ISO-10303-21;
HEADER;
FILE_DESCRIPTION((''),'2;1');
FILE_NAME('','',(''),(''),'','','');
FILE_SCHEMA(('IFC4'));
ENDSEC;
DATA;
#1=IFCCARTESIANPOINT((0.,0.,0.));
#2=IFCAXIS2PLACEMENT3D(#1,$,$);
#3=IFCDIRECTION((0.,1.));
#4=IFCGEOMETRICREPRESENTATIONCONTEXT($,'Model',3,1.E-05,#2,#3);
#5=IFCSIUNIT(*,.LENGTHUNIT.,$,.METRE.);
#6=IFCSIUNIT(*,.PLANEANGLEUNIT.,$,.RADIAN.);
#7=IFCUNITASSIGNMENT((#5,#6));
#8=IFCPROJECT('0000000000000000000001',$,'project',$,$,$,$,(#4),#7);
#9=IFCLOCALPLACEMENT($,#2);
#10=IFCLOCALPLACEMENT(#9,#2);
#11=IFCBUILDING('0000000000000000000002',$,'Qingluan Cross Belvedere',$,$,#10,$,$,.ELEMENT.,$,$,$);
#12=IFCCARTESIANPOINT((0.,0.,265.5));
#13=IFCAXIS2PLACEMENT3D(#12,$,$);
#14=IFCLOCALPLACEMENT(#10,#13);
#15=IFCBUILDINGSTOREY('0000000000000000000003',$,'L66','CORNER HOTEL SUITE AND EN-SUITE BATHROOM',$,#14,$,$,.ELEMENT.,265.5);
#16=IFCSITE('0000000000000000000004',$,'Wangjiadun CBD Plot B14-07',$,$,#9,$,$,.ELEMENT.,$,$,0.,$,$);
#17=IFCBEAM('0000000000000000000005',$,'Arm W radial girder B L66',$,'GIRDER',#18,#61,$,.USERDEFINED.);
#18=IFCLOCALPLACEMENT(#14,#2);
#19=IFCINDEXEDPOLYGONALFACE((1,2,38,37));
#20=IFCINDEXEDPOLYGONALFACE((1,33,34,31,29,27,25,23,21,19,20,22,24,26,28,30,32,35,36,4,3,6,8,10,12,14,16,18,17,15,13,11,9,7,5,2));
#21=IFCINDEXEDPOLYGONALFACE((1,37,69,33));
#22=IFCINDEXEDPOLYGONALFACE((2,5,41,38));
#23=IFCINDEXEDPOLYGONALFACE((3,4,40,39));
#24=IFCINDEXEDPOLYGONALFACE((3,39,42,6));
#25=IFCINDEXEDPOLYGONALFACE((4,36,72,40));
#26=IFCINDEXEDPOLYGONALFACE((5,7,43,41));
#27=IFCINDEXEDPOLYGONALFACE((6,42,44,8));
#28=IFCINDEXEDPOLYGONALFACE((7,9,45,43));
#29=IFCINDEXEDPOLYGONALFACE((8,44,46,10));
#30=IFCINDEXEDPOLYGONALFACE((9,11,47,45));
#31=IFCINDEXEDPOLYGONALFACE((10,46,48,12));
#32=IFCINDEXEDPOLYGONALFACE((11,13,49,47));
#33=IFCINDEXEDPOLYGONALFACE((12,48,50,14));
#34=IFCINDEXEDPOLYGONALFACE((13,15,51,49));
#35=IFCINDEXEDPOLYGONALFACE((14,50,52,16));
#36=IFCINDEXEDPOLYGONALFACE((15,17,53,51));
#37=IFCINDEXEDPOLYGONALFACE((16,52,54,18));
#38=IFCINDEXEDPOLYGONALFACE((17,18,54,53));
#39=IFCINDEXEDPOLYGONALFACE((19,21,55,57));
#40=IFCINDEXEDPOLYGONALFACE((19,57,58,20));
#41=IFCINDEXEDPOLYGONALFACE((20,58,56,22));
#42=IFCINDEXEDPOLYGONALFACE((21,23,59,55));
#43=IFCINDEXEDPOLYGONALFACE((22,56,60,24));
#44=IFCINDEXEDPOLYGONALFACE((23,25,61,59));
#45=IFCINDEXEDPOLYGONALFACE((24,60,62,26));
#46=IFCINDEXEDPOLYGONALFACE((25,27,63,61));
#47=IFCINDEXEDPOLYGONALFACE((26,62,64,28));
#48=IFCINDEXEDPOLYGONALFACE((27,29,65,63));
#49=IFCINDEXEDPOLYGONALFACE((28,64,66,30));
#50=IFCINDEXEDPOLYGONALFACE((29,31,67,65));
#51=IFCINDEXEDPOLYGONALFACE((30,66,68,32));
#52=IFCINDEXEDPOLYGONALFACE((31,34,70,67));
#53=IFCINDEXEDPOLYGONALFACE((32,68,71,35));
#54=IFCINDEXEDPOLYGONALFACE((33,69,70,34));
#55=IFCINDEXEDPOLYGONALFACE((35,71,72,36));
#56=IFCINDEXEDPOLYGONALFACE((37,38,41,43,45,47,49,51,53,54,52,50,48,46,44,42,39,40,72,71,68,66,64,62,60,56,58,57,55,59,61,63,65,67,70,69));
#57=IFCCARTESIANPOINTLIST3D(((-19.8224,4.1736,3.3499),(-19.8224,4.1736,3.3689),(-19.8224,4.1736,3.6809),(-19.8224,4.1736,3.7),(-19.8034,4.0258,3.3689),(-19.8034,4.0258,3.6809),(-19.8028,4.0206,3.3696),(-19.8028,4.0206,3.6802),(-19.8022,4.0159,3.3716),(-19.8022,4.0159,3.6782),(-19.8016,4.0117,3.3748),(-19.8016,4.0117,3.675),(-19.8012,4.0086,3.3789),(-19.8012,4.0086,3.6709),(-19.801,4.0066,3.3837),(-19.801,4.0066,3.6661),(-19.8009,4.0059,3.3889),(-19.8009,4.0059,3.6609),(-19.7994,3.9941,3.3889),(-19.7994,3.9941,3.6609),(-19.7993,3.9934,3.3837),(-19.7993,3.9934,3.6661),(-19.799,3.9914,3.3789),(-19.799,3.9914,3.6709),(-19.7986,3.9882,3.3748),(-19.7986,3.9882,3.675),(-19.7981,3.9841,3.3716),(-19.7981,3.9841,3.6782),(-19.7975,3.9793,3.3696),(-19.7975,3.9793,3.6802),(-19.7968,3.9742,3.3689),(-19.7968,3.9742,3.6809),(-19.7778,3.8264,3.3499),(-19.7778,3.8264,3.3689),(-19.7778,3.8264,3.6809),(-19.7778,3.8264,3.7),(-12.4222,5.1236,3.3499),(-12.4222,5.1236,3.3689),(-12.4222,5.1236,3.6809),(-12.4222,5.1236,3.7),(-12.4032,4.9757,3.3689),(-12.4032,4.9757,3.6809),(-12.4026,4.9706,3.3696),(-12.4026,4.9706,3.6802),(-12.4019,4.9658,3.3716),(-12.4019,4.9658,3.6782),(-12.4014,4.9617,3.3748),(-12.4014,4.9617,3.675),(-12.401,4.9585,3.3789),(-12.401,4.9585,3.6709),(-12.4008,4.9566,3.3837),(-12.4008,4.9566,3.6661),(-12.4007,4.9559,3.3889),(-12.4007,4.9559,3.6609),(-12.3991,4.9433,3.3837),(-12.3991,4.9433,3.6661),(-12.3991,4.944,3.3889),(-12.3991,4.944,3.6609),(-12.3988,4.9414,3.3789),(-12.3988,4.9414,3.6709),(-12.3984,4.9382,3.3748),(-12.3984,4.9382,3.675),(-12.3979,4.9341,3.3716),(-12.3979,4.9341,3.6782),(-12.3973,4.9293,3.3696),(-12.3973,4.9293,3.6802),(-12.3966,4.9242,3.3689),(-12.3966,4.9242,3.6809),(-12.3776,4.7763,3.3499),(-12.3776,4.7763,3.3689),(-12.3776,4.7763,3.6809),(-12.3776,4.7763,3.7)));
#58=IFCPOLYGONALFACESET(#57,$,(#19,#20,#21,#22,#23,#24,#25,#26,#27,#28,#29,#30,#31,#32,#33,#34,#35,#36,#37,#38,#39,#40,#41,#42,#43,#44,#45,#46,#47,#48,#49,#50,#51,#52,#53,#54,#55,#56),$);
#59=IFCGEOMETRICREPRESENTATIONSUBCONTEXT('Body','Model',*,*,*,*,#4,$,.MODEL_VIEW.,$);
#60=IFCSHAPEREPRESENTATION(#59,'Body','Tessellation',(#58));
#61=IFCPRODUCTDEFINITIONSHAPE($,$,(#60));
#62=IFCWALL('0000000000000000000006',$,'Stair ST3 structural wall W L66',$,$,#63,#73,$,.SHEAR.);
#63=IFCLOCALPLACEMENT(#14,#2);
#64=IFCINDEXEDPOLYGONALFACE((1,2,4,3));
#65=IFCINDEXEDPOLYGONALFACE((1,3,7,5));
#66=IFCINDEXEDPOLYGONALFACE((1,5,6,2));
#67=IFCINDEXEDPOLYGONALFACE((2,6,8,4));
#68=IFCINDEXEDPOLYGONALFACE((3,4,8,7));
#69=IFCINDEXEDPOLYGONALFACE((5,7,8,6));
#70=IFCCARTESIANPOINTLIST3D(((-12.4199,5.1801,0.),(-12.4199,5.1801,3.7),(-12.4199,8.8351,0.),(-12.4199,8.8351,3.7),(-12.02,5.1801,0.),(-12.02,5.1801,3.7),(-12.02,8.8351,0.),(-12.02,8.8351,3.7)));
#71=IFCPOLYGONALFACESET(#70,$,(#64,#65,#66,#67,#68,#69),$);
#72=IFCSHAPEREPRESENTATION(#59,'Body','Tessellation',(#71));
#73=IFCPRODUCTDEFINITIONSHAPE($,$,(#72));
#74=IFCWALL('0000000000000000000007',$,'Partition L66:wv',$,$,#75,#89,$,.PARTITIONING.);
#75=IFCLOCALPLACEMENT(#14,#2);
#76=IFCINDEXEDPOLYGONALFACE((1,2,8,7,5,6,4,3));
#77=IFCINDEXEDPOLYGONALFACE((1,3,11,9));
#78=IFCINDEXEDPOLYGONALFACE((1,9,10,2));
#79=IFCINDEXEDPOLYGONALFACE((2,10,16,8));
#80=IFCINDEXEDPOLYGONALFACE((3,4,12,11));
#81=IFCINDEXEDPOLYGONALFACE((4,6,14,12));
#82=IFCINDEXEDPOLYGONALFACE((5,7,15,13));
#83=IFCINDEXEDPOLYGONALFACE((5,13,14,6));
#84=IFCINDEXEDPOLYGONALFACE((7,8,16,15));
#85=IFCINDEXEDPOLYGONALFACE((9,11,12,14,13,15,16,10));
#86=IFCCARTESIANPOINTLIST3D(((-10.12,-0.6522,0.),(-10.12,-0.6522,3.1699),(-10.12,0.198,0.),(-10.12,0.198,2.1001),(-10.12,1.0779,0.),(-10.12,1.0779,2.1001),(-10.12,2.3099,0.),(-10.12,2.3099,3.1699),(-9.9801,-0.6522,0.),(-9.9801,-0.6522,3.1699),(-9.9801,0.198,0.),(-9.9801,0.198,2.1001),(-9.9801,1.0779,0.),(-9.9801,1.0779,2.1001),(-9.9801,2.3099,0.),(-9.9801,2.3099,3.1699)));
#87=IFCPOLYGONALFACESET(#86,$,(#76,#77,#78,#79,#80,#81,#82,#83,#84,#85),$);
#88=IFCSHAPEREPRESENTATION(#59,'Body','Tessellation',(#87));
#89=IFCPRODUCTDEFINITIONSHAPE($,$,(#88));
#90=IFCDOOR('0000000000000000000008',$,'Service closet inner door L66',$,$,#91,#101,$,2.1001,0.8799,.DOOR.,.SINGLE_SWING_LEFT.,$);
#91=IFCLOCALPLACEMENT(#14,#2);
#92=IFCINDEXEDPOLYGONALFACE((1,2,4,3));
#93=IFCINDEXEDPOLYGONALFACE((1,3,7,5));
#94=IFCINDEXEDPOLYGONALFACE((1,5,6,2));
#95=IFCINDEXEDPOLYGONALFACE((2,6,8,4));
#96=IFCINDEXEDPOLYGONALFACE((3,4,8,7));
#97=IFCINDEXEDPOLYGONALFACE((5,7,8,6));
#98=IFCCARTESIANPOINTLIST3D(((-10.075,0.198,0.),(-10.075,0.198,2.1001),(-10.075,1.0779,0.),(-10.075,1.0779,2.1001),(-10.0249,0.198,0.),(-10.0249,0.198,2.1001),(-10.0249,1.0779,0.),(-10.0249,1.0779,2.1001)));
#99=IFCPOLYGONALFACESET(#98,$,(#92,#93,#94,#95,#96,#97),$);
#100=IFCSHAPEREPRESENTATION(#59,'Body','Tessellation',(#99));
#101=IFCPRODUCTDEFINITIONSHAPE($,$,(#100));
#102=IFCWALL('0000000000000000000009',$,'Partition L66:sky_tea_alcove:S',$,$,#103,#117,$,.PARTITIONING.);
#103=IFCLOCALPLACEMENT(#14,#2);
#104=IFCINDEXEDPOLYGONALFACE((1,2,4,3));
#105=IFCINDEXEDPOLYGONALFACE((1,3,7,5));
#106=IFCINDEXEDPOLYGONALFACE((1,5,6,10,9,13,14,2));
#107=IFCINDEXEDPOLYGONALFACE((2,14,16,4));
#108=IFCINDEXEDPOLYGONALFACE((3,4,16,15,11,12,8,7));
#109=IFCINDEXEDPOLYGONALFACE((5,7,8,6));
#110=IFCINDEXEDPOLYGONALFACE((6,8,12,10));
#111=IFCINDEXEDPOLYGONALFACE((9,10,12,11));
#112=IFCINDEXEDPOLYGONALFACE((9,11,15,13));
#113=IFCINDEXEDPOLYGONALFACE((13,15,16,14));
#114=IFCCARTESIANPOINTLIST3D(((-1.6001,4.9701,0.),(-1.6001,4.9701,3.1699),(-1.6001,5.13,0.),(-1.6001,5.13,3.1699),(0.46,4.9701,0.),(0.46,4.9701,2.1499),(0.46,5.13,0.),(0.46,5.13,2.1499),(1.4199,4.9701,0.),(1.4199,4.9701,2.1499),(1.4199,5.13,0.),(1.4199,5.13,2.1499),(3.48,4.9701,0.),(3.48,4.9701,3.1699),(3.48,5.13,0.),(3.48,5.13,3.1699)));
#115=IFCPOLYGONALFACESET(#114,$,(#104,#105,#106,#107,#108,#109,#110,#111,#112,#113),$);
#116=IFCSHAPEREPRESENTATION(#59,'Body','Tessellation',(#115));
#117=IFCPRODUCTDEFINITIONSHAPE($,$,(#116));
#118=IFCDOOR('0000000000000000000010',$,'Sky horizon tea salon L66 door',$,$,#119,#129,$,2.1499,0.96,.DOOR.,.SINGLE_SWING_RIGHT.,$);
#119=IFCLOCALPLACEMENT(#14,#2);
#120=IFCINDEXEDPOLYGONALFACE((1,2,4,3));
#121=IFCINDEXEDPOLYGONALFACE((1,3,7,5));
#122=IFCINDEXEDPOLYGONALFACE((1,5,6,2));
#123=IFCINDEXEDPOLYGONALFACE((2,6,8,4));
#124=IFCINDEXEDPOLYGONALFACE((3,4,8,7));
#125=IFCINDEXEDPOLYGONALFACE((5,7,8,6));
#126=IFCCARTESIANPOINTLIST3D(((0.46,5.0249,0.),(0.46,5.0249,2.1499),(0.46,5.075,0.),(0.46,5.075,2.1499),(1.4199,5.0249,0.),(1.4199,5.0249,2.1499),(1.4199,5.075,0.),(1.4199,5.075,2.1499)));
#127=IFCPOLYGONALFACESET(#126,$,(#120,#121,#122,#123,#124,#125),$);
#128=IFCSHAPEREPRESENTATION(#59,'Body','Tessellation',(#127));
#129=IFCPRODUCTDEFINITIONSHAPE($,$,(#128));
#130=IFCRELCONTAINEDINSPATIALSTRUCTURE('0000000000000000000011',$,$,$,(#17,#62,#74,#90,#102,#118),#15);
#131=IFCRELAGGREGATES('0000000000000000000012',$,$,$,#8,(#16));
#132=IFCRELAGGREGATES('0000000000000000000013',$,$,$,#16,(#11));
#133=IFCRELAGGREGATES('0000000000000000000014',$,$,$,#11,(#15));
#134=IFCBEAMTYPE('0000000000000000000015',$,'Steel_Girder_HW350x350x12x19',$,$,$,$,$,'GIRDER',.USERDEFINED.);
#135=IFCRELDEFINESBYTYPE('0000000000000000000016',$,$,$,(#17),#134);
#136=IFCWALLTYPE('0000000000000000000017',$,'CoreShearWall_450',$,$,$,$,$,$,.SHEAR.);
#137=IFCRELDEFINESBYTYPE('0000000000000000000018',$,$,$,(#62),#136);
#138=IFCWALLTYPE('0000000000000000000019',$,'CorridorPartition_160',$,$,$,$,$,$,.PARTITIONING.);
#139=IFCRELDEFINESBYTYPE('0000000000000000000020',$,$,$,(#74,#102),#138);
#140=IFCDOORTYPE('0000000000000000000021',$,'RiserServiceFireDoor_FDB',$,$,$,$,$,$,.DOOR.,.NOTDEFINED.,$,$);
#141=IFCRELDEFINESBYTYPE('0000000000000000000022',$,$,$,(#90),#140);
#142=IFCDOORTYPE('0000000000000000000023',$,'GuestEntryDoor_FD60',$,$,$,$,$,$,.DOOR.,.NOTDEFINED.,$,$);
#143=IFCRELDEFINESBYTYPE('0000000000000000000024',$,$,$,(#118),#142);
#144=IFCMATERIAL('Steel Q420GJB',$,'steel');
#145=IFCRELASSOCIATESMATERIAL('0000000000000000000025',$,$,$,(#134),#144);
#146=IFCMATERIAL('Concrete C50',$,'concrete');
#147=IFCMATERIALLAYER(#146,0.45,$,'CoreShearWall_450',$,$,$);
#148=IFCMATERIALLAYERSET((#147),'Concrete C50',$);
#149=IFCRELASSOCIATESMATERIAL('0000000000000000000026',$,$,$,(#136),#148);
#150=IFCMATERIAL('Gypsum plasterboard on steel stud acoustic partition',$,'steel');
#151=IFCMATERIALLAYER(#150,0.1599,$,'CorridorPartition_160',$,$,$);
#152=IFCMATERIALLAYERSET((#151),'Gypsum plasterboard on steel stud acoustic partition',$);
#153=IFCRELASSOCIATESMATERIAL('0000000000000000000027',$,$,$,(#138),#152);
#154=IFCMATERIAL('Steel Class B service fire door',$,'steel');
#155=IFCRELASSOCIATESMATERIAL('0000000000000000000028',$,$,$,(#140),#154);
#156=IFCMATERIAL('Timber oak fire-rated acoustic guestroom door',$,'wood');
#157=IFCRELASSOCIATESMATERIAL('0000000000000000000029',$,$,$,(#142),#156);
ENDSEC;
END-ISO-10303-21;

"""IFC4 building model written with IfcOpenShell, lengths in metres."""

from ifc_helpers import new_model, si_unit, direction, frame, frame_2d, origin, origin_2d, place, context, subcontext, project, spatial, rectangle, i_section, extrude, material, layer, layer_set, material_profile, profile_set, type_object, element, fill, save


model = new_model("IFC4")

# Units and contexts
model_context = context("Model", 3, precision=1e-05, world=origin(), true_north=direction((0.0, 1.0)))
body_context = subcontext(model_context, "Body", "Model", "MODEL_VIEW")
ifc_project = project(units=[si_unit("LENGTHUNIT", "METRE"), si_unit("PLANEANGLEUNIT", "RADIAN")], contexts=[model_context])

# Site, building, storey
site_placement = place(None, origin())
site = spatial("IfcSite", under=ifc_project, at=site_placement, Name="Wangjiadun CBD Plot B14-07", CompositionType="ELEMENT", RefElevation=0.0)
building_placement = place(site_placement, origin())
building = spatial("IfcBuilding", under=site, at=building_placement, Name="Qingluan Cross Belvedere", CompositionType="ELEMENT")
storey_placement = place(building_placement, frame((0.0, 0.0, 265.5)))
storey = spatial("IfcBuildingStorey", under=building, at=storey_placement, Name="L66", Description="CORNER HOTEL SUITE AND EN-SUITE BATHROOM", CompositionType="ELEMENT", Elevation=265.5)

# Beam
ifc_material_1 = material(Name="Steel Q420GJB", Category="steel")
ifc_material_profile_1 = material_profile(ifc_material_1, i_section(OverallWidth=0.3501, OverallDepth=0.3501, WebThickness=0.012, FlangeThickness=0.019, FilletRadius=0.02, at=origin_2d()), Name="HW350x350x12x19")
ifc_profile_set_1 = profile_set([ifc_material_profile_1], Name="Steel Q420GJB")
beam_type_1 = type_object("IfcBeamType", Name="Steel_Girder_HW350x350x12x19", ElementType="GIRDER", PredefinedType="USERDEFINED", material=ifc_profile_set_1)
beam_1_placement = place(storey_placement, frame((-12.3999, 4.95, 3.5249), z_axis=(-0.991861, -0.127324, 0.0), x_axis=(0.127324, -0.991861, 0.0)))
element("IfcBeam", 1, at=beam_1_placement, inside=storey, type_object=beam_type_1, Name="Arm W radial girder B L66", ObjectType="GIRDER", PredefinedType="USERDEFINED", context=body_context, shape_type="SweptSolid", body=[
    extrude(i_section(OverallWidth=0.3501, OverallDepth=0.3501, WebThickness=0.012, FlangeThickness=0.019, FilletRadius=0.02, at=origin_2d()), origin(), (0.0, 0.0, 1.0), 7.4609),
])

# Wall
ifc_material_2 = material(Name="Concrete C50", Category="concrete")
ifc_layer_1 = layer(ifc_material_2, 0.45, Name="CoreShearWall_450")
ifc_layer_set_1 = layer_set([ifc_layer_1], Name="Concrete C50")
wall_type_1 = type_object("IfcWallType", Name="CoreShearWall_450", PredefinedType="SHEAR", material=ifc_layer_set_1)
wall_1_placement = place(storey_placement, frame((-12.22, 5.1799, 0.0), z_axis=(0.0, 0.0, 1.0), x_axis=(0.0, 1.0, 0.0)))
element("IfcWall", 2, at=wall_1_placement, inside=storey, type_object=wall_type_1, Name="Stair ST3 structural wall W L66", PredefinedType="SHEAR", context=body_context, shape_type="SweptSolid", body=[
    extrude(rectangle(XDim=3.655, YDim=0.3999, at=frame_2d((1.8276, 0.0))), origin(), (0.0, 0.0, 1.0), 3.7),
])

# Walls, openings, doors
ifc_material_3 = material(Name="Gypsum plasterboard on steel stud acoustic partition", Category="steel")
ifc_layer_2 = layer(ifc_material_3, 0.1599, Name="CorridorPartition_160")
ifc_layer_set_2 = layer_set([ifc_layer_2], Name="Gypsum plasterboard on steel stud acoustic partition")
wall_type_2 = type_object("IfcWallType", Name="CorridorPartition_160", PredefinedType="PARTITIONING", material=ifc_layer_set_2)
wall_2_placement = place(storey_placement, frame((-10.05, -0.6521, 0.0), z_axis=(0.0, 0.0, 1.0), x_axis=(0.0, 1.0, 0.0)))
wall_2 = element("IfcWall", 3, at=wall_2_placement, inside=storey, type_object=wall_type_2, Name="Partition L66:wv", PredefinedType="PARTITIONING", context=body_context, shape_type="SweptSolid", body=[
    extrude(rectangle(XDim=2.9622, YDim=0.1399, at=frame_2d((1.481, 0.0))), origin(), (0.0, 0.0, 1.0), 3.1699),
])
opening_1_placement = place(wall_2_placement, frame((0.8501, 0.0, 0.0)))
opening_1 = element("IfcOpeningElement", 4, at=opening_1_placement, cuts=wall_2, PredefinedType="OPENING", context=body_context, shape_type="SweptSolid", body=[
    extrude(rectangle(XDim=0.8799, YDim=2.1001, at=frame_2d((0.4399, 1.05))), frame((0.0, 0.0798, 0.0), z_axis=(0.0, -1.0, 0.0), x_axis=(1.0, 0.0, 0.0)), (0.0, 0.0, 1.0), 0.1599),
])
ifc_material_4 = material(Name="Steel Class B service fire door", Category="steel")
door_type_1 = type_object("IfcDoorType", Name="RiserServiceFireDoor_FDB", OperationType="NOTDEFINED", PredefinedType="DOOR", material=ifc_material_4)
door_1_placement = place(opening_1_placement, origin())
door_1 = element("IfcDoor", 5, at=door_1_placement, inside=storey, type_object=door_type_1, Name="Service closet inner door L66", OperationType="SINGLE_SWING_LEFT", OverallHeight=2.1001, OverallWidth=0.8799, PredefinedType="DOOR", context=body_context, shape_type="SweptSolid", body=[
    extrude(rectangle(XDim=0.8799, YDim=2.1001, at=frame_2d((0.4399, 1.05))), frame((0.0, 0.0249, 0.0), z_axis=(0.0, -1.0, 0.0), x_axis=(1.0, 0.0, 0.0)), (0.0, 0.0, 1.0), 0.05),
])
fill(opening_1, door_1)
wall_3_placement = place(storey_placement, frame((-1.6001, 5.05, 0.0), z_axis=(0.0, 0.0, 1.0), x_axis=(1.0, 0.0, 0.0)))
wall_3 = element("IfcWall", 6, at=wall_3_placement, inside=storey, type_object=wall_type_2, Name="Partition L66:sky_tea_alcove:S", PredefinedType="PARTITIONING", context=body_context, shape_type="SweptSolid", body=[
    extrude(rectangle(XDim=5.0801, YDim=0.1599, at=frame_2d((2.54, 0.0))), origin(), (0.0, 0.0, 1.0), 3.1699),
])
opening_2_placement = place(wall_3_placement, frame((2.0601, 0.0, 0.0)))
opening_2 = element("IfcOpeningElement", 7, at=opening_2_placement, cuts=wall_3, PredefinedType="OPENING", context=body_context, shape_type="SweptSolid", body=[
    extrude(rectangle(XDim=0.96, YDim=2.1499, at=frame_2d((0.48, 1.075))), frame((0.0, 0.0898, 0.0), z_axis=(0.0, -1.0, 0.0), x_axis=(1.0, 0.0, 0.0)), (0.0, 0.0, 1.0), 0.1799),
])
ifc_material_5 = material(Name="Timber oak fire-rated acoustic guestroom door", Category="wood")
door_type_2 = type_object("IfcDoorType", Name="GuestEntryDoor_FD60", OperationType="NOTDEFINED", PredefinedType="DOOR", material=ifc_material_5)
door_2_placement = place(opening_2_placement, origin())
door_2 = element("IfcDoor", 8, at=door_2_placement, inside=storey, type_object=door_type_2, Name="Sky horizon tea salon L66 door", OperationType="SINGLE_SWING_RIGHT", OverallHeight=2.1499, OverallWidth=0.96, PredefinedType="DOOR", context=body_context, shape_type="SweptSolid", body=[
    extrude(rectangle(XDim=0.96, YDim=2.1499, at=frame_2d((0.48, 1.075))), frame((0.0, 0.0249, 0.0), z_axis=(0.0, -1.0, 0.0), x_axis=(1.0, 0.0, 0.0)), (0.0, 0.0, 1.0), 0.05),
])
fill(opening_2, door_2)

save(model, "model.ifc")
